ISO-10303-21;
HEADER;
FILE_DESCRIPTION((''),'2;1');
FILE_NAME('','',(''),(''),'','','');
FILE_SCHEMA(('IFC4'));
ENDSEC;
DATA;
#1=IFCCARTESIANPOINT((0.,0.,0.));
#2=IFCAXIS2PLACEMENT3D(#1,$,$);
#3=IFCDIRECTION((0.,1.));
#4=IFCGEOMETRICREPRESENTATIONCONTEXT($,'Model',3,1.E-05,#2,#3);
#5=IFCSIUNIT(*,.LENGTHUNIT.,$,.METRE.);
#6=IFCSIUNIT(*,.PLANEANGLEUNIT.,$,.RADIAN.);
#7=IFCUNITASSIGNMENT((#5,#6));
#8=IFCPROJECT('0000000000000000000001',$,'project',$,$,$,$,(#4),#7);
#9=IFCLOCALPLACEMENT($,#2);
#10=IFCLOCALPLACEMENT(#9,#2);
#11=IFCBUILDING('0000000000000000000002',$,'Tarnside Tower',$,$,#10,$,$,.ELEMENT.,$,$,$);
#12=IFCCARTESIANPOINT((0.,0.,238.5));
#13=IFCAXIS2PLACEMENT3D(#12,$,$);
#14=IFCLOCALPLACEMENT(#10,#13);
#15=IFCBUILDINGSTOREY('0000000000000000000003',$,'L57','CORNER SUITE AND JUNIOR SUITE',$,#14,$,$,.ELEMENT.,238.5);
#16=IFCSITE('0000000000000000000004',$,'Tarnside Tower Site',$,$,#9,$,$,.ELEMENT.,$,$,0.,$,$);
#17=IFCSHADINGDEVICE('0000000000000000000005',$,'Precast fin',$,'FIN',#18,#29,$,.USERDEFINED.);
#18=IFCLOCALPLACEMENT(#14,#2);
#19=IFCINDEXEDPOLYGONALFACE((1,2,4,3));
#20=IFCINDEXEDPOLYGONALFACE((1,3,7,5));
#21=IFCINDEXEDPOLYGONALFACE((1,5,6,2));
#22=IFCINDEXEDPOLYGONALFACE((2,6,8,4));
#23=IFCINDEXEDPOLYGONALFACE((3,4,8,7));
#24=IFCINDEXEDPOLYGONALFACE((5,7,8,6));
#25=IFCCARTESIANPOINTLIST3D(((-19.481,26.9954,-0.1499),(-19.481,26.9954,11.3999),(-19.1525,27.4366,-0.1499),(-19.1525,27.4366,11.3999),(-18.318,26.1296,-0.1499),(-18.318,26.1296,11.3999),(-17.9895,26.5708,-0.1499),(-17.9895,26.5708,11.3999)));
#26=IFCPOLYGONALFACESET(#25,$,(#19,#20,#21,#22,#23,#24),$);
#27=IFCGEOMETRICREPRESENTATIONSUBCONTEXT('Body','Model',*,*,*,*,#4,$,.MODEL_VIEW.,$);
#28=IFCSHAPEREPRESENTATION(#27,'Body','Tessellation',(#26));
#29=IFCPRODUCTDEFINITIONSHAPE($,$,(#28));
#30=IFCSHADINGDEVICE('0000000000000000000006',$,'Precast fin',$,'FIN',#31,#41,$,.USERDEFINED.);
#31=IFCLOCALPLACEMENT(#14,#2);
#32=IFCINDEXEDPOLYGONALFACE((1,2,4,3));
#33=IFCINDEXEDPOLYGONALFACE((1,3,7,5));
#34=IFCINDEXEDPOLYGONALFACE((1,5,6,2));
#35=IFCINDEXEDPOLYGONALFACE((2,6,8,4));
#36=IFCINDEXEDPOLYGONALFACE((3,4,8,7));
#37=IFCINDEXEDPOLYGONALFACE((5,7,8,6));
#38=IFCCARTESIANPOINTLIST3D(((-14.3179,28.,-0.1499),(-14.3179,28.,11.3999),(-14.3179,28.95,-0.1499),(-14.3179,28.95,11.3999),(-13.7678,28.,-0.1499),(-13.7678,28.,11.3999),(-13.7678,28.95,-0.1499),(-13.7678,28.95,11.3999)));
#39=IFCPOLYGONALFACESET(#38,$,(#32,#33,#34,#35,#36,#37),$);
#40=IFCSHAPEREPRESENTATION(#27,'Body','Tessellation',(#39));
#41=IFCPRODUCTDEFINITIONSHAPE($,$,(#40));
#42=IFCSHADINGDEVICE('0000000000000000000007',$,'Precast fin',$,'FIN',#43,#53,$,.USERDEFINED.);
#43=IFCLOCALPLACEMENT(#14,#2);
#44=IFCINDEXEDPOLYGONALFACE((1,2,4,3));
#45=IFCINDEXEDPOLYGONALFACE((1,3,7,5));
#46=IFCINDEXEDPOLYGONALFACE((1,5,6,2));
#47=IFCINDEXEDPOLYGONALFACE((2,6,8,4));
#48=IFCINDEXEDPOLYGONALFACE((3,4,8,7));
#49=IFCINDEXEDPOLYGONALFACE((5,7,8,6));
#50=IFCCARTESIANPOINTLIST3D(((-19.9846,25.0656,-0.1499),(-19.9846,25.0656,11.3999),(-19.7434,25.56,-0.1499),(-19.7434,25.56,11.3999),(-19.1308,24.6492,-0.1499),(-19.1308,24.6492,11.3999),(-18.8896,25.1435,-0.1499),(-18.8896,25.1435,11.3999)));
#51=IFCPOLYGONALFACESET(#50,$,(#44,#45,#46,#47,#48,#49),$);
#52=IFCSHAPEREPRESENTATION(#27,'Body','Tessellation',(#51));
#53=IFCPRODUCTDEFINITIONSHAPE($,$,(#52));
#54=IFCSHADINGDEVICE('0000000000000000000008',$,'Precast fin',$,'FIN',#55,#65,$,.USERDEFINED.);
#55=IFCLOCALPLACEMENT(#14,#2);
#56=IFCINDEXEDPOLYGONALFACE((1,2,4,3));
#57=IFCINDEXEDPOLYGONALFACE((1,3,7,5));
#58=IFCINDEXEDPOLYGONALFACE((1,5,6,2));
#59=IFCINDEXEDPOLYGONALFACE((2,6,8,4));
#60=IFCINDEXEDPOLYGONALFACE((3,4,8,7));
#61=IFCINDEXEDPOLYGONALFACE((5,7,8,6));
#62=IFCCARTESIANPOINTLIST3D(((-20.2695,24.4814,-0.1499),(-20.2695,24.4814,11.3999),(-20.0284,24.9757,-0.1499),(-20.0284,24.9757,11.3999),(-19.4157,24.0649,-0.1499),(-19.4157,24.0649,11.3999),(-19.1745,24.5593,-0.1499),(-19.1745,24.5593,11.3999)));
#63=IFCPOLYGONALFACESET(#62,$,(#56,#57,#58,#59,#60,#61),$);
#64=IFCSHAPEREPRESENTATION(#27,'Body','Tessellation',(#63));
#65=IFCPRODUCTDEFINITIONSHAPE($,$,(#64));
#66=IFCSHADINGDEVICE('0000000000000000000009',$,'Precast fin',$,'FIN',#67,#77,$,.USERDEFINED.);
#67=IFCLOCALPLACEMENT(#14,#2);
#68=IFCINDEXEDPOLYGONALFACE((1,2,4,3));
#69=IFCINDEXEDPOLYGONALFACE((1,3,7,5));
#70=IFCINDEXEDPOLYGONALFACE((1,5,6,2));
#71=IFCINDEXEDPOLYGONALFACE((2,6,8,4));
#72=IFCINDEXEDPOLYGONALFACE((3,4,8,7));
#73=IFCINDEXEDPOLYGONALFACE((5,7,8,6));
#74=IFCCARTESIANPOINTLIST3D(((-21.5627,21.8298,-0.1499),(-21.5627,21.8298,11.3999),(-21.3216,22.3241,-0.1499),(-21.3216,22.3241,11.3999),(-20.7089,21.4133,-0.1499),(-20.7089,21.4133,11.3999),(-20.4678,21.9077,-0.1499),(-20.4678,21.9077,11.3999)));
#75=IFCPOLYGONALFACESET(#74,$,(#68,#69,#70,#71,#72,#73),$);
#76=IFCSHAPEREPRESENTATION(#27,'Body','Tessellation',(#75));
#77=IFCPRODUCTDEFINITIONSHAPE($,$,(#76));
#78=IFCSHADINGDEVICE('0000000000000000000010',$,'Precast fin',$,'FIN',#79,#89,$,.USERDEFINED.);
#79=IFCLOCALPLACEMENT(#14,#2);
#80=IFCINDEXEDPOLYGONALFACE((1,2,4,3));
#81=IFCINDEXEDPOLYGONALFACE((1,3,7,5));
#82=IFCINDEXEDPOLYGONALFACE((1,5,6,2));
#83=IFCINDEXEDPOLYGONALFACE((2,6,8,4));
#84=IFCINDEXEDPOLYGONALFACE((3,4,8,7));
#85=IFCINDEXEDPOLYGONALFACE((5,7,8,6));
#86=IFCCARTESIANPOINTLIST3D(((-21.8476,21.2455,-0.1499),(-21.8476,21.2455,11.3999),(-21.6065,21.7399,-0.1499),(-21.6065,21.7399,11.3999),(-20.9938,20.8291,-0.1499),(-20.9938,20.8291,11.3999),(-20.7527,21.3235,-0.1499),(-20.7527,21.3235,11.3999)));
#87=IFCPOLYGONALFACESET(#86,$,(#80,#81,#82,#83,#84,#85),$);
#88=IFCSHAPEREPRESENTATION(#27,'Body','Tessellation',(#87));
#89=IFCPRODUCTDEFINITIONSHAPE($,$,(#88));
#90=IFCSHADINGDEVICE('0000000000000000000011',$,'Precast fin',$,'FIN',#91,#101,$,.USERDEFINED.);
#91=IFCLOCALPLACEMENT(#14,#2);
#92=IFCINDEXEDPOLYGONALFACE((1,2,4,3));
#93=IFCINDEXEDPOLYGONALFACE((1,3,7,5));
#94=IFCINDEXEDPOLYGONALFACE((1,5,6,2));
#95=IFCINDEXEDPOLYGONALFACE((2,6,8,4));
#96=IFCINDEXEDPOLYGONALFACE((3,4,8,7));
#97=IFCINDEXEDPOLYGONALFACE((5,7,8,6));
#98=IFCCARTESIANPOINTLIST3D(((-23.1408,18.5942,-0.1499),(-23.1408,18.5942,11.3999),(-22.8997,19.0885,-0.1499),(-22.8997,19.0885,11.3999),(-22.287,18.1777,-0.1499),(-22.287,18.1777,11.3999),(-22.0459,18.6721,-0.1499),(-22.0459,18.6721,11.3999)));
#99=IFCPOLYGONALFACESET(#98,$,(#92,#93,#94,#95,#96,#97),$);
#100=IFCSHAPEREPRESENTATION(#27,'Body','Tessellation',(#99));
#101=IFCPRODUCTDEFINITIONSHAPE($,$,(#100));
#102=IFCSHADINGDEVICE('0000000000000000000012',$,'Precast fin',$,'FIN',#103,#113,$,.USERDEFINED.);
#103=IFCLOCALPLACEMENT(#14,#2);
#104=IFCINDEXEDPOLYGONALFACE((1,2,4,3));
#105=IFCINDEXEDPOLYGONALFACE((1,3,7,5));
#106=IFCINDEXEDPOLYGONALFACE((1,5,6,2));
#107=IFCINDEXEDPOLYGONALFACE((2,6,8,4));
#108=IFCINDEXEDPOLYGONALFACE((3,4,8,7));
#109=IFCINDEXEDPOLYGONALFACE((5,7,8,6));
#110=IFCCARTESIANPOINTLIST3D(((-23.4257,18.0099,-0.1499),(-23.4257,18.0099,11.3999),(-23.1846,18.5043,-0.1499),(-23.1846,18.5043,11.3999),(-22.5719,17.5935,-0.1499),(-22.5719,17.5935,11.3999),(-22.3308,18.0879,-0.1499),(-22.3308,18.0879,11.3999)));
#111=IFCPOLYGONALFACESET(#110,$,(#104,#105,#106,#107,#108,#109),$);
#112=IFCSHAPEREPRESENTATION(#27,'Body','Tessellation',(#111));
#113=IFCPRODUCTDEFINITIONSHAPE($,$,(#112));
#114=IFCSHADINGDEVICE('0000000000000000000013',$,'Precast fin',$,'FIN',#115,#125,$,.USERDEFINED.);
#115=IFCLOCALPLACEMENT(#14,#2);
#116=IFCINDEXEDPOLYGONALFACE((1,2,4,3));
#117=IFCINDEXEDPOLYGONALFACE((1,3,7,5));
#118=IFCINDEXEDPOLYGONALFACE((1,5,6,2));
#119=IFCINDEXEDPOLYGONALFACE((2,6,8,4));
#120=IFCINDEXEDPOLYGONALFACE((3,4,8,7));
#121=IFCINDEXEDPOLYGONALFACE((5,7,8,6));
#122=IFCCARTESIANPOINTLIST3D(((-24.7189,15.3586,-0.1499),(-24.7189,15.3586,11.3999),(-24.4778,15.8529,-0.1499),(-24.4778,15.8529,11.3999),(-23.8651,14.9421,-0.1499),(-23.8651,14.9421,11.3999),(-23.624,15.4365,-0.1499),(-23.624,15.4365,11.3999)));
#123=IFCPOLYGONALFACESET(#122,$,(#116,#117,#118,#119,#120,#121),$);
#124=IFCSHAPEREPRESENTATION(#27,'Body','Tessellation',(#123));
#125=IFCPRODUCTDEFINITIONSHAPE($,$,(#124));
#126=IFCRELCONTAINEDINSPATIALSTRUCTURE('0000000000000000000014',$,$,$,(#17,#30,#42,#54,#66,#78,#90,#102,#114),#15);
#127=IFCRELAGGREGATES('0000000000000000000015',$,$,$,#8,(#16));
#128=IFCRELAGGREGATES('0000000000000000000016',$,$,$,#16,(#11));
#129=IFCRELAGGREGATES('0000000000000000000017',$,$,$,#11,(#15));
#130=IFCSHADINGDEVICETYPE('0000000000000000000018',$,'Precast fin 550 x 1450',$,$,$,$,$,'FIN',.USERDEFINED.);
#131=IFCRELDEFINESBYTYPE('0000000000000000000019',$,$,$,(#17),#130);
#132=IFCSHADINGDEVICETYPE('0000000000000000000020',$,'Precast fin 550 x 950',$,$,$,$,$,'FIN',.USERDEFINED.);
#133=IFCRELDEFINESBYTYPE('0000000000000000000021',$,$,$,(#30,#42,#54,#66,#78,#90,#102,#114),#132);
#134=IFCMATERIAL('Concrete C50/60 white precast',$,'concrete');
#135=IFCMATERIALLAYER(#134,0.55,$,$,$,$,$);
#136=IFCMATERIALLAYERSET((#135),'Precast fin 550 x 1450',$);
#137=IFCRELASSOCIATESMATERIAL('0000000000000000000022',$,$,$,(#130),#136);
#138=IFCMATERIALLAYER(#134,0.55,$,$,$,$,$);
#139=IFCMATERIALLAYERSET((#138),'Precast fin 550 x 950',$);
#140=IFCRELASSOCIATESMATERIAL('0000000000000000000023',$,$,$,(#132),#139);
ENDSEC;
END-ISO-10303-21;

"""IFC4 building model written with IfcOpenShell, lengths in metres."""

from ifc_helpers import new_model, si_unit, direction, frame, origin, place, context, subcontext, project, spatial, polyline, outline, extrude, material, layer, layer_set, type_object, element, save


model = new_model("IFC4")

# Units and contexts
model_context = context("Model", 3, precision=1e-05, world=origin(), true_north=direction((0.0, 1.0)))
body_context = subcontext(model_context, "Body", "Model", "MODEL_VIEW")
ifc_project = project(units=[si_unit("LENGTHUNIT", "METRE"), si_unit("PLANEANGLEUNIT", "RADIAN")], contexts=[model_context])

# Site, building, storey
site_placement = place(None, origin())
site = spatial("IfcSite", under=ifc_project, at=site_placement, Name="Tarnside Tower Site", CompositionType="ELEMENT", RefElevation=0.0)
building_placement = place(site_placement, origin())
building = spatial("IfcBuilding", under=site, at=building_placement, Name="Tarnside Tower", CompositionType="ELEMENT")
storey_placement = place(building_placement, frame((0.0, 0.0, 238.5)))
storey = spatial("IfcBuildingStorey", under=building, at=storey_placement, Name="L57", Description="CORNER SUITE AND JUNIOR SUITE", CompositionType="ELEMENT", Elevation=238.5)

# Shading devices
ifc_material_1 = material(Name="Concrete C50/60 white precast", Category="concrete")
ifc_layer_1 = layer(ifc_material_1, 0.55)
ifc_layer_set_1 = layer_set([ifc_layer_1], Name="Precast fin 550 x 1450")
shading_device_type_1 = type_object("IfcShadingDeviceType", Name="Precast fin 550 x 1450", ElementType="FIN", PredefinedType="USERDEFINED", material=ifc_layer_set_1)
for number, where, z_axis, x_axis, name in (
    (1, (-18.1538, 26.3501, -0.1499), (0.597159, 0.802123, 0.0), (-0.802123, 0.597159, 0.0), "Precast fin"),
):
    element("IfcShadingDevice", number, at=place(storey_placement, frame(where, z_axis=z_axis, x_axis=x_axis)), inside=storey, type_object=shading_device_type_1, Name=name, ObjectType="FIN", PredefinedType="USERDEFINED", context=body_context, shape_type="SweptSolid", body=[
        extrude(outline(polyline([(0.0, 0.0), (1.45, 0.0), (1.45, 11.5498), (0.0, 11.5498), (0.0, 0.0)])), frame((0.0, 0.0, -0.2749)), (0.0, 0.0, 1.0), 0.55),
    ])
ifc_layer_2 = layer(ifc_material_1, 0.55)
ifc_layer_set_2 = layer_set([ifc_layer_2], Name="Precast fin 550 x 950")
shading_device_type_2 = type_object("IfcShadingDeviceType", Name="Precast fin 550 x 950", ElementType="FIN", PredefinedType="USERDEFINED", material=ifc_layer_set_2)
for number, where, z_axis, x_axis, name in (
    (2, (-14.043, 28.0, -0.1499), (1.0, 0.0, 0.0), (0.0, 1.0, 0.0), "Precast fin"),
    (3, (-19.0103, 24.8962, -0.1499), (0.438371, 0.898794, 0.0), (-0.898794, 0.438371, 0.0), "Precast fin"),
    (4, (-19.2952, 24.312, -0.1499), (0.438371, 0.898794, 0.0), (-0.898794, 0.438371, 0.0), "Precast fin"),
    (5, (-20.5884, 21.6604, -0.1499), (0.438371, 0.898794, 0.0), (-0.898794, 0.438371, 0.0), "Precast fin"),
    (6, (-20.8733, 21.0762, -0.1499), (0.438371, 0.898794, 0.0), (-0.898794, 0.438371, 0.0), "Precast fin"),
    (7, (-22.1665, 18.4248, -0.1499), (0.438371, 0.898794, 0.0), (-0.898794, 0.438371, 0.0), "Precast fin"),
    (8, (-22.4514, 17.8406, -0.1499), (0.438371, 0.898794, 0.0), (-0.898794, 0.438371, 0.0), "Precast fin"),
    (9, (-23.7446, 15.1892, -0.1499), (0.438371, 0.898794, 0.0), (-0.898794, 0.438371, 0.0), "Precast fin"),
):
    element("IfcShadingDevice", number, at=place(storey_placement, frame(where, z_axis=z_axis, x_axis=x_axis)), inside=storey, type_object=shading_device_type_2, Name=name, ObjectType="FIN", PredefinedType="USERDEFINED", context=body_context, shape_type="SweptSolid", body=[
        extrude(outline(polyline([(0.0, 0.0), (0.95, 0.0), (0.95, 11.5498), (0.0, 11.5498), (0.0, 0.0)])), frame((0.0, 0.0, -0.2749)), (0.0, 0.0, 1.0), 0.55),
    ])

save(model, "model.ifc")
